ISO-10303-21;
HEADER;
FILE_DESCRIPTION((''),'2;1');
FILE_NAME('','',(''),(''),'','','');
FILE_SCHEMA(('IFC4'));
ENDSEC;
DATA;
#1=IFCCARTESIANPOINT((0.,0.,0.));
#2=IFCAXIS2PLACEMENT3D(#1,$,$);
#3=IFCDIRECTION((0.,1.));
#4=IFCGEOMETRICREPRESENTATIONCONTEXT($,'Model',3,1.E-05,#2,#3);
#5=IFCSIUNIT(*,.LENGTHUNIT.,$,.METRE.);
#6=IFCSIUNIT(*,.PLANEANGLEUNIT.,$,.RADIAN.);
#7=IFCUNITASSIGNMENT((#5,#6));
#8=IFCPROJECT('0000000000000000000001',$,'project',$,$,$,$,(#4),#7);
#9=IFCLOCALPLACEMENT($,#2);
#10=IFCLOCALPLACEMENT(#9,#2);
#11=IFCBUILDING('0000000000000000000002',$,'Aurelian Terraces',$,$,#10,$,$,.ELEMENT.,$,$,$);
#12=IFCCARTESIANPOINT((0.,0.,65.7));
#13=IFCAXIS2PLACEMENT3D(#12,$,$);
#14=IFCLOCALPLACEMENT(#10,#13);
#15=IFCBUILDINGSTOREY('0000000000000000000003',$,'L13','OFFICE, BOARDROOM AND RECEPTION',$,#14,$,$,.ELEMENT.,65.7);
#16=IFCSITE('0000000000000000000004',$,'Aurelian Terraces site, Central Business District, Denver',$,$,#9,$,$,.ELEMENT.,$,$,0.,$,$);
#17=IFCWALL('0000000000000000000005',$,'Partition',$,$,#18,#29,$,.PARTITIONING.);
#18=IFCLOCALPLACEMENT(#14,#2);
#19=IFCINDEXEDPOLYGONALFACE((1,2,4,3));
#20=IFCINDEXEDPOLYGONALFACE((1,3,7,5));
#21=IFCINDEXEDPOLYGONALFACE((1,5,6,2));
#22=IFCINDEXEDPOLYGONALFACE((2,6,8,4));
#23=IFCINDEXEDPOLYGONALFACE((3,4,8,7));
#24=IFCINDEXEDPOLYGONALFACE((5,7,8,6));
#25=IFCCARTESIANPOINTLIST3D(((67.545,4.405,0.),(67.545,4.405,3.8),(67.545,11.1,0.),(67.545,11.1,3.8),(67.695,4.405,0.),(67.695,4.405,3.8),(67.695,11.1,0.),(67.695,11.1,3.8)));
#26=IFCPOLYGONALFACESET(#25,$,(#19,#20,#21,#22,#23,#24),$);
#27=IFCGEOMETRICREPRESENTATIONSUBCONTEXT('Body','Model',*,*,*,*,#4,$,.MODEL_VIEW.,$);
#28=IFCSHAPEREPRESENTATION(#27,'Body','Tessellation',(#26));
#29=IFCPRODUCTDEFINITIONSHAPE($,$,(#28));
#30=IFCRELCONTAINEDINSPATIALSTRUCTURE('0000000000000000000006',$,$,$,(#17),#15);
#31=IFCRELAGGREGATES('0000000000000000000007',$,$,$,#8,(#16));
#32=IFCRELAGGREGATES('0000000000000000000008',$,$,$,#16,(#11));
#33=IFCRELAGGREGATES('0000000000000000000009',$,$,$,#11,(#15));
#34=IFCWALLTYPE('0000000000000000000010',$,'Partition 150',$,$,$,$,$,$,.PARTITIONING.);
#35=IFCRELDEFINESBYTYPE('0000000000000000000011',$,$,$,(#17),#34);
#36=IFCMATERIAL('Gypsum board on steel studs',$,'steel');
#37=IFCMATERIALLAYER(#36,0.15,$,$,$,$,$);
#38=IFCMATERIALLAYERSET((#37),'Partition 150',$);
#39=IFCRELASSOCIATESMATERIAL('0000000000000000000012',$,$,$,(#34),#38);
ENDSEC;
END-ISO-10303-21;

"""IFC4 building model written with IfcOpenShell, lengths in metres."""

from ifc_helpers import new_model, si_unit, direction, frame, frame_2d, origin, place, context, subcontext, project, spatial, rectangle, extrude, source, transform, mapped, material, layer, layer_set, type_object, element, save


model = new_model("IFC4")

# Units and contexts
model_context = context("Model", 3, precision=1e-05, world=origin(), true_north=direction((0.0, 1.0)))
body_context = subcontext(model_context, "Body", "Model", "MODEL_VIEW")
ifc_project = project(units=[si_unit("LENGTHUNIT", "METRE"), si_unit("PLANEANGLEUNIT", "RADIAN")], contexts=[model_context])

# Site, building, storey
site_placement = place(None, origin())
site = spatial("IfcSite", under=ifc_project, at=site_placement, Name="Aurelian Terraces site, Central Business District, Denver", CompositionType="ELEMENT", RefElevation=0.0)
building_placement = place(site_placement, origin())
building = spatial("IfcBuilding", under=site, at=building_placement, Name="Aurelian Terraces", CompositionType="ELEMENT")
storey_placement = place(building_placement, frame((0.0, 0.0, 65.7)))
storey = spatial("IfcBuildingStorey", under=building, at=storey_placement, Name="L13", Description="OFFICE, BOARDROOM AND RECEPTION", CompositionType="ELEMENT", Elevation=65.7)

# Shared definitions
ifc_material_1 = material(Name="Gypsum board on steel studs", Category="steel")
ifc_layer_1 = layer(ifc_material_1, 0.15)
ifc_layer_set_1 = layer_set([ifc_layer_1], Name="Partition 150")
wall_type_1 = type_object("IfcWallType", Name="Partition 150", PredefinedType="PARTITIONING", material=ifc_layer_set_1)

# Wall
shared_shape_1 = source(origin(), body_context, "Body", "SweptSolid", [
    extrude(rectangle(XDim=6.695, YDim=0.15, at=frame_2d((3.3475, 0.0))), origin(), (0.0, 0.0, 1.0), 3.8),
])
wall_1_placement = place(storey_placement, frame((67.62, 4.405, 0.0), z_axis=(0.0, 0.0, 1.0), x_axis=(0.0, 1.0, 0.0)))
element("IfcWall", 1, at=wall_1_placement, inside=storey, type_object=wall_type_1, Name="Partition", PredefinedType="PARTITIONING", context=body_context, shape_type="MappedRepresentation", body=[
    mapped(shared_shape_1, transform((0.0, 0.0, 0.0), scale=1.0)),
])

save(model, "model.ifc")
